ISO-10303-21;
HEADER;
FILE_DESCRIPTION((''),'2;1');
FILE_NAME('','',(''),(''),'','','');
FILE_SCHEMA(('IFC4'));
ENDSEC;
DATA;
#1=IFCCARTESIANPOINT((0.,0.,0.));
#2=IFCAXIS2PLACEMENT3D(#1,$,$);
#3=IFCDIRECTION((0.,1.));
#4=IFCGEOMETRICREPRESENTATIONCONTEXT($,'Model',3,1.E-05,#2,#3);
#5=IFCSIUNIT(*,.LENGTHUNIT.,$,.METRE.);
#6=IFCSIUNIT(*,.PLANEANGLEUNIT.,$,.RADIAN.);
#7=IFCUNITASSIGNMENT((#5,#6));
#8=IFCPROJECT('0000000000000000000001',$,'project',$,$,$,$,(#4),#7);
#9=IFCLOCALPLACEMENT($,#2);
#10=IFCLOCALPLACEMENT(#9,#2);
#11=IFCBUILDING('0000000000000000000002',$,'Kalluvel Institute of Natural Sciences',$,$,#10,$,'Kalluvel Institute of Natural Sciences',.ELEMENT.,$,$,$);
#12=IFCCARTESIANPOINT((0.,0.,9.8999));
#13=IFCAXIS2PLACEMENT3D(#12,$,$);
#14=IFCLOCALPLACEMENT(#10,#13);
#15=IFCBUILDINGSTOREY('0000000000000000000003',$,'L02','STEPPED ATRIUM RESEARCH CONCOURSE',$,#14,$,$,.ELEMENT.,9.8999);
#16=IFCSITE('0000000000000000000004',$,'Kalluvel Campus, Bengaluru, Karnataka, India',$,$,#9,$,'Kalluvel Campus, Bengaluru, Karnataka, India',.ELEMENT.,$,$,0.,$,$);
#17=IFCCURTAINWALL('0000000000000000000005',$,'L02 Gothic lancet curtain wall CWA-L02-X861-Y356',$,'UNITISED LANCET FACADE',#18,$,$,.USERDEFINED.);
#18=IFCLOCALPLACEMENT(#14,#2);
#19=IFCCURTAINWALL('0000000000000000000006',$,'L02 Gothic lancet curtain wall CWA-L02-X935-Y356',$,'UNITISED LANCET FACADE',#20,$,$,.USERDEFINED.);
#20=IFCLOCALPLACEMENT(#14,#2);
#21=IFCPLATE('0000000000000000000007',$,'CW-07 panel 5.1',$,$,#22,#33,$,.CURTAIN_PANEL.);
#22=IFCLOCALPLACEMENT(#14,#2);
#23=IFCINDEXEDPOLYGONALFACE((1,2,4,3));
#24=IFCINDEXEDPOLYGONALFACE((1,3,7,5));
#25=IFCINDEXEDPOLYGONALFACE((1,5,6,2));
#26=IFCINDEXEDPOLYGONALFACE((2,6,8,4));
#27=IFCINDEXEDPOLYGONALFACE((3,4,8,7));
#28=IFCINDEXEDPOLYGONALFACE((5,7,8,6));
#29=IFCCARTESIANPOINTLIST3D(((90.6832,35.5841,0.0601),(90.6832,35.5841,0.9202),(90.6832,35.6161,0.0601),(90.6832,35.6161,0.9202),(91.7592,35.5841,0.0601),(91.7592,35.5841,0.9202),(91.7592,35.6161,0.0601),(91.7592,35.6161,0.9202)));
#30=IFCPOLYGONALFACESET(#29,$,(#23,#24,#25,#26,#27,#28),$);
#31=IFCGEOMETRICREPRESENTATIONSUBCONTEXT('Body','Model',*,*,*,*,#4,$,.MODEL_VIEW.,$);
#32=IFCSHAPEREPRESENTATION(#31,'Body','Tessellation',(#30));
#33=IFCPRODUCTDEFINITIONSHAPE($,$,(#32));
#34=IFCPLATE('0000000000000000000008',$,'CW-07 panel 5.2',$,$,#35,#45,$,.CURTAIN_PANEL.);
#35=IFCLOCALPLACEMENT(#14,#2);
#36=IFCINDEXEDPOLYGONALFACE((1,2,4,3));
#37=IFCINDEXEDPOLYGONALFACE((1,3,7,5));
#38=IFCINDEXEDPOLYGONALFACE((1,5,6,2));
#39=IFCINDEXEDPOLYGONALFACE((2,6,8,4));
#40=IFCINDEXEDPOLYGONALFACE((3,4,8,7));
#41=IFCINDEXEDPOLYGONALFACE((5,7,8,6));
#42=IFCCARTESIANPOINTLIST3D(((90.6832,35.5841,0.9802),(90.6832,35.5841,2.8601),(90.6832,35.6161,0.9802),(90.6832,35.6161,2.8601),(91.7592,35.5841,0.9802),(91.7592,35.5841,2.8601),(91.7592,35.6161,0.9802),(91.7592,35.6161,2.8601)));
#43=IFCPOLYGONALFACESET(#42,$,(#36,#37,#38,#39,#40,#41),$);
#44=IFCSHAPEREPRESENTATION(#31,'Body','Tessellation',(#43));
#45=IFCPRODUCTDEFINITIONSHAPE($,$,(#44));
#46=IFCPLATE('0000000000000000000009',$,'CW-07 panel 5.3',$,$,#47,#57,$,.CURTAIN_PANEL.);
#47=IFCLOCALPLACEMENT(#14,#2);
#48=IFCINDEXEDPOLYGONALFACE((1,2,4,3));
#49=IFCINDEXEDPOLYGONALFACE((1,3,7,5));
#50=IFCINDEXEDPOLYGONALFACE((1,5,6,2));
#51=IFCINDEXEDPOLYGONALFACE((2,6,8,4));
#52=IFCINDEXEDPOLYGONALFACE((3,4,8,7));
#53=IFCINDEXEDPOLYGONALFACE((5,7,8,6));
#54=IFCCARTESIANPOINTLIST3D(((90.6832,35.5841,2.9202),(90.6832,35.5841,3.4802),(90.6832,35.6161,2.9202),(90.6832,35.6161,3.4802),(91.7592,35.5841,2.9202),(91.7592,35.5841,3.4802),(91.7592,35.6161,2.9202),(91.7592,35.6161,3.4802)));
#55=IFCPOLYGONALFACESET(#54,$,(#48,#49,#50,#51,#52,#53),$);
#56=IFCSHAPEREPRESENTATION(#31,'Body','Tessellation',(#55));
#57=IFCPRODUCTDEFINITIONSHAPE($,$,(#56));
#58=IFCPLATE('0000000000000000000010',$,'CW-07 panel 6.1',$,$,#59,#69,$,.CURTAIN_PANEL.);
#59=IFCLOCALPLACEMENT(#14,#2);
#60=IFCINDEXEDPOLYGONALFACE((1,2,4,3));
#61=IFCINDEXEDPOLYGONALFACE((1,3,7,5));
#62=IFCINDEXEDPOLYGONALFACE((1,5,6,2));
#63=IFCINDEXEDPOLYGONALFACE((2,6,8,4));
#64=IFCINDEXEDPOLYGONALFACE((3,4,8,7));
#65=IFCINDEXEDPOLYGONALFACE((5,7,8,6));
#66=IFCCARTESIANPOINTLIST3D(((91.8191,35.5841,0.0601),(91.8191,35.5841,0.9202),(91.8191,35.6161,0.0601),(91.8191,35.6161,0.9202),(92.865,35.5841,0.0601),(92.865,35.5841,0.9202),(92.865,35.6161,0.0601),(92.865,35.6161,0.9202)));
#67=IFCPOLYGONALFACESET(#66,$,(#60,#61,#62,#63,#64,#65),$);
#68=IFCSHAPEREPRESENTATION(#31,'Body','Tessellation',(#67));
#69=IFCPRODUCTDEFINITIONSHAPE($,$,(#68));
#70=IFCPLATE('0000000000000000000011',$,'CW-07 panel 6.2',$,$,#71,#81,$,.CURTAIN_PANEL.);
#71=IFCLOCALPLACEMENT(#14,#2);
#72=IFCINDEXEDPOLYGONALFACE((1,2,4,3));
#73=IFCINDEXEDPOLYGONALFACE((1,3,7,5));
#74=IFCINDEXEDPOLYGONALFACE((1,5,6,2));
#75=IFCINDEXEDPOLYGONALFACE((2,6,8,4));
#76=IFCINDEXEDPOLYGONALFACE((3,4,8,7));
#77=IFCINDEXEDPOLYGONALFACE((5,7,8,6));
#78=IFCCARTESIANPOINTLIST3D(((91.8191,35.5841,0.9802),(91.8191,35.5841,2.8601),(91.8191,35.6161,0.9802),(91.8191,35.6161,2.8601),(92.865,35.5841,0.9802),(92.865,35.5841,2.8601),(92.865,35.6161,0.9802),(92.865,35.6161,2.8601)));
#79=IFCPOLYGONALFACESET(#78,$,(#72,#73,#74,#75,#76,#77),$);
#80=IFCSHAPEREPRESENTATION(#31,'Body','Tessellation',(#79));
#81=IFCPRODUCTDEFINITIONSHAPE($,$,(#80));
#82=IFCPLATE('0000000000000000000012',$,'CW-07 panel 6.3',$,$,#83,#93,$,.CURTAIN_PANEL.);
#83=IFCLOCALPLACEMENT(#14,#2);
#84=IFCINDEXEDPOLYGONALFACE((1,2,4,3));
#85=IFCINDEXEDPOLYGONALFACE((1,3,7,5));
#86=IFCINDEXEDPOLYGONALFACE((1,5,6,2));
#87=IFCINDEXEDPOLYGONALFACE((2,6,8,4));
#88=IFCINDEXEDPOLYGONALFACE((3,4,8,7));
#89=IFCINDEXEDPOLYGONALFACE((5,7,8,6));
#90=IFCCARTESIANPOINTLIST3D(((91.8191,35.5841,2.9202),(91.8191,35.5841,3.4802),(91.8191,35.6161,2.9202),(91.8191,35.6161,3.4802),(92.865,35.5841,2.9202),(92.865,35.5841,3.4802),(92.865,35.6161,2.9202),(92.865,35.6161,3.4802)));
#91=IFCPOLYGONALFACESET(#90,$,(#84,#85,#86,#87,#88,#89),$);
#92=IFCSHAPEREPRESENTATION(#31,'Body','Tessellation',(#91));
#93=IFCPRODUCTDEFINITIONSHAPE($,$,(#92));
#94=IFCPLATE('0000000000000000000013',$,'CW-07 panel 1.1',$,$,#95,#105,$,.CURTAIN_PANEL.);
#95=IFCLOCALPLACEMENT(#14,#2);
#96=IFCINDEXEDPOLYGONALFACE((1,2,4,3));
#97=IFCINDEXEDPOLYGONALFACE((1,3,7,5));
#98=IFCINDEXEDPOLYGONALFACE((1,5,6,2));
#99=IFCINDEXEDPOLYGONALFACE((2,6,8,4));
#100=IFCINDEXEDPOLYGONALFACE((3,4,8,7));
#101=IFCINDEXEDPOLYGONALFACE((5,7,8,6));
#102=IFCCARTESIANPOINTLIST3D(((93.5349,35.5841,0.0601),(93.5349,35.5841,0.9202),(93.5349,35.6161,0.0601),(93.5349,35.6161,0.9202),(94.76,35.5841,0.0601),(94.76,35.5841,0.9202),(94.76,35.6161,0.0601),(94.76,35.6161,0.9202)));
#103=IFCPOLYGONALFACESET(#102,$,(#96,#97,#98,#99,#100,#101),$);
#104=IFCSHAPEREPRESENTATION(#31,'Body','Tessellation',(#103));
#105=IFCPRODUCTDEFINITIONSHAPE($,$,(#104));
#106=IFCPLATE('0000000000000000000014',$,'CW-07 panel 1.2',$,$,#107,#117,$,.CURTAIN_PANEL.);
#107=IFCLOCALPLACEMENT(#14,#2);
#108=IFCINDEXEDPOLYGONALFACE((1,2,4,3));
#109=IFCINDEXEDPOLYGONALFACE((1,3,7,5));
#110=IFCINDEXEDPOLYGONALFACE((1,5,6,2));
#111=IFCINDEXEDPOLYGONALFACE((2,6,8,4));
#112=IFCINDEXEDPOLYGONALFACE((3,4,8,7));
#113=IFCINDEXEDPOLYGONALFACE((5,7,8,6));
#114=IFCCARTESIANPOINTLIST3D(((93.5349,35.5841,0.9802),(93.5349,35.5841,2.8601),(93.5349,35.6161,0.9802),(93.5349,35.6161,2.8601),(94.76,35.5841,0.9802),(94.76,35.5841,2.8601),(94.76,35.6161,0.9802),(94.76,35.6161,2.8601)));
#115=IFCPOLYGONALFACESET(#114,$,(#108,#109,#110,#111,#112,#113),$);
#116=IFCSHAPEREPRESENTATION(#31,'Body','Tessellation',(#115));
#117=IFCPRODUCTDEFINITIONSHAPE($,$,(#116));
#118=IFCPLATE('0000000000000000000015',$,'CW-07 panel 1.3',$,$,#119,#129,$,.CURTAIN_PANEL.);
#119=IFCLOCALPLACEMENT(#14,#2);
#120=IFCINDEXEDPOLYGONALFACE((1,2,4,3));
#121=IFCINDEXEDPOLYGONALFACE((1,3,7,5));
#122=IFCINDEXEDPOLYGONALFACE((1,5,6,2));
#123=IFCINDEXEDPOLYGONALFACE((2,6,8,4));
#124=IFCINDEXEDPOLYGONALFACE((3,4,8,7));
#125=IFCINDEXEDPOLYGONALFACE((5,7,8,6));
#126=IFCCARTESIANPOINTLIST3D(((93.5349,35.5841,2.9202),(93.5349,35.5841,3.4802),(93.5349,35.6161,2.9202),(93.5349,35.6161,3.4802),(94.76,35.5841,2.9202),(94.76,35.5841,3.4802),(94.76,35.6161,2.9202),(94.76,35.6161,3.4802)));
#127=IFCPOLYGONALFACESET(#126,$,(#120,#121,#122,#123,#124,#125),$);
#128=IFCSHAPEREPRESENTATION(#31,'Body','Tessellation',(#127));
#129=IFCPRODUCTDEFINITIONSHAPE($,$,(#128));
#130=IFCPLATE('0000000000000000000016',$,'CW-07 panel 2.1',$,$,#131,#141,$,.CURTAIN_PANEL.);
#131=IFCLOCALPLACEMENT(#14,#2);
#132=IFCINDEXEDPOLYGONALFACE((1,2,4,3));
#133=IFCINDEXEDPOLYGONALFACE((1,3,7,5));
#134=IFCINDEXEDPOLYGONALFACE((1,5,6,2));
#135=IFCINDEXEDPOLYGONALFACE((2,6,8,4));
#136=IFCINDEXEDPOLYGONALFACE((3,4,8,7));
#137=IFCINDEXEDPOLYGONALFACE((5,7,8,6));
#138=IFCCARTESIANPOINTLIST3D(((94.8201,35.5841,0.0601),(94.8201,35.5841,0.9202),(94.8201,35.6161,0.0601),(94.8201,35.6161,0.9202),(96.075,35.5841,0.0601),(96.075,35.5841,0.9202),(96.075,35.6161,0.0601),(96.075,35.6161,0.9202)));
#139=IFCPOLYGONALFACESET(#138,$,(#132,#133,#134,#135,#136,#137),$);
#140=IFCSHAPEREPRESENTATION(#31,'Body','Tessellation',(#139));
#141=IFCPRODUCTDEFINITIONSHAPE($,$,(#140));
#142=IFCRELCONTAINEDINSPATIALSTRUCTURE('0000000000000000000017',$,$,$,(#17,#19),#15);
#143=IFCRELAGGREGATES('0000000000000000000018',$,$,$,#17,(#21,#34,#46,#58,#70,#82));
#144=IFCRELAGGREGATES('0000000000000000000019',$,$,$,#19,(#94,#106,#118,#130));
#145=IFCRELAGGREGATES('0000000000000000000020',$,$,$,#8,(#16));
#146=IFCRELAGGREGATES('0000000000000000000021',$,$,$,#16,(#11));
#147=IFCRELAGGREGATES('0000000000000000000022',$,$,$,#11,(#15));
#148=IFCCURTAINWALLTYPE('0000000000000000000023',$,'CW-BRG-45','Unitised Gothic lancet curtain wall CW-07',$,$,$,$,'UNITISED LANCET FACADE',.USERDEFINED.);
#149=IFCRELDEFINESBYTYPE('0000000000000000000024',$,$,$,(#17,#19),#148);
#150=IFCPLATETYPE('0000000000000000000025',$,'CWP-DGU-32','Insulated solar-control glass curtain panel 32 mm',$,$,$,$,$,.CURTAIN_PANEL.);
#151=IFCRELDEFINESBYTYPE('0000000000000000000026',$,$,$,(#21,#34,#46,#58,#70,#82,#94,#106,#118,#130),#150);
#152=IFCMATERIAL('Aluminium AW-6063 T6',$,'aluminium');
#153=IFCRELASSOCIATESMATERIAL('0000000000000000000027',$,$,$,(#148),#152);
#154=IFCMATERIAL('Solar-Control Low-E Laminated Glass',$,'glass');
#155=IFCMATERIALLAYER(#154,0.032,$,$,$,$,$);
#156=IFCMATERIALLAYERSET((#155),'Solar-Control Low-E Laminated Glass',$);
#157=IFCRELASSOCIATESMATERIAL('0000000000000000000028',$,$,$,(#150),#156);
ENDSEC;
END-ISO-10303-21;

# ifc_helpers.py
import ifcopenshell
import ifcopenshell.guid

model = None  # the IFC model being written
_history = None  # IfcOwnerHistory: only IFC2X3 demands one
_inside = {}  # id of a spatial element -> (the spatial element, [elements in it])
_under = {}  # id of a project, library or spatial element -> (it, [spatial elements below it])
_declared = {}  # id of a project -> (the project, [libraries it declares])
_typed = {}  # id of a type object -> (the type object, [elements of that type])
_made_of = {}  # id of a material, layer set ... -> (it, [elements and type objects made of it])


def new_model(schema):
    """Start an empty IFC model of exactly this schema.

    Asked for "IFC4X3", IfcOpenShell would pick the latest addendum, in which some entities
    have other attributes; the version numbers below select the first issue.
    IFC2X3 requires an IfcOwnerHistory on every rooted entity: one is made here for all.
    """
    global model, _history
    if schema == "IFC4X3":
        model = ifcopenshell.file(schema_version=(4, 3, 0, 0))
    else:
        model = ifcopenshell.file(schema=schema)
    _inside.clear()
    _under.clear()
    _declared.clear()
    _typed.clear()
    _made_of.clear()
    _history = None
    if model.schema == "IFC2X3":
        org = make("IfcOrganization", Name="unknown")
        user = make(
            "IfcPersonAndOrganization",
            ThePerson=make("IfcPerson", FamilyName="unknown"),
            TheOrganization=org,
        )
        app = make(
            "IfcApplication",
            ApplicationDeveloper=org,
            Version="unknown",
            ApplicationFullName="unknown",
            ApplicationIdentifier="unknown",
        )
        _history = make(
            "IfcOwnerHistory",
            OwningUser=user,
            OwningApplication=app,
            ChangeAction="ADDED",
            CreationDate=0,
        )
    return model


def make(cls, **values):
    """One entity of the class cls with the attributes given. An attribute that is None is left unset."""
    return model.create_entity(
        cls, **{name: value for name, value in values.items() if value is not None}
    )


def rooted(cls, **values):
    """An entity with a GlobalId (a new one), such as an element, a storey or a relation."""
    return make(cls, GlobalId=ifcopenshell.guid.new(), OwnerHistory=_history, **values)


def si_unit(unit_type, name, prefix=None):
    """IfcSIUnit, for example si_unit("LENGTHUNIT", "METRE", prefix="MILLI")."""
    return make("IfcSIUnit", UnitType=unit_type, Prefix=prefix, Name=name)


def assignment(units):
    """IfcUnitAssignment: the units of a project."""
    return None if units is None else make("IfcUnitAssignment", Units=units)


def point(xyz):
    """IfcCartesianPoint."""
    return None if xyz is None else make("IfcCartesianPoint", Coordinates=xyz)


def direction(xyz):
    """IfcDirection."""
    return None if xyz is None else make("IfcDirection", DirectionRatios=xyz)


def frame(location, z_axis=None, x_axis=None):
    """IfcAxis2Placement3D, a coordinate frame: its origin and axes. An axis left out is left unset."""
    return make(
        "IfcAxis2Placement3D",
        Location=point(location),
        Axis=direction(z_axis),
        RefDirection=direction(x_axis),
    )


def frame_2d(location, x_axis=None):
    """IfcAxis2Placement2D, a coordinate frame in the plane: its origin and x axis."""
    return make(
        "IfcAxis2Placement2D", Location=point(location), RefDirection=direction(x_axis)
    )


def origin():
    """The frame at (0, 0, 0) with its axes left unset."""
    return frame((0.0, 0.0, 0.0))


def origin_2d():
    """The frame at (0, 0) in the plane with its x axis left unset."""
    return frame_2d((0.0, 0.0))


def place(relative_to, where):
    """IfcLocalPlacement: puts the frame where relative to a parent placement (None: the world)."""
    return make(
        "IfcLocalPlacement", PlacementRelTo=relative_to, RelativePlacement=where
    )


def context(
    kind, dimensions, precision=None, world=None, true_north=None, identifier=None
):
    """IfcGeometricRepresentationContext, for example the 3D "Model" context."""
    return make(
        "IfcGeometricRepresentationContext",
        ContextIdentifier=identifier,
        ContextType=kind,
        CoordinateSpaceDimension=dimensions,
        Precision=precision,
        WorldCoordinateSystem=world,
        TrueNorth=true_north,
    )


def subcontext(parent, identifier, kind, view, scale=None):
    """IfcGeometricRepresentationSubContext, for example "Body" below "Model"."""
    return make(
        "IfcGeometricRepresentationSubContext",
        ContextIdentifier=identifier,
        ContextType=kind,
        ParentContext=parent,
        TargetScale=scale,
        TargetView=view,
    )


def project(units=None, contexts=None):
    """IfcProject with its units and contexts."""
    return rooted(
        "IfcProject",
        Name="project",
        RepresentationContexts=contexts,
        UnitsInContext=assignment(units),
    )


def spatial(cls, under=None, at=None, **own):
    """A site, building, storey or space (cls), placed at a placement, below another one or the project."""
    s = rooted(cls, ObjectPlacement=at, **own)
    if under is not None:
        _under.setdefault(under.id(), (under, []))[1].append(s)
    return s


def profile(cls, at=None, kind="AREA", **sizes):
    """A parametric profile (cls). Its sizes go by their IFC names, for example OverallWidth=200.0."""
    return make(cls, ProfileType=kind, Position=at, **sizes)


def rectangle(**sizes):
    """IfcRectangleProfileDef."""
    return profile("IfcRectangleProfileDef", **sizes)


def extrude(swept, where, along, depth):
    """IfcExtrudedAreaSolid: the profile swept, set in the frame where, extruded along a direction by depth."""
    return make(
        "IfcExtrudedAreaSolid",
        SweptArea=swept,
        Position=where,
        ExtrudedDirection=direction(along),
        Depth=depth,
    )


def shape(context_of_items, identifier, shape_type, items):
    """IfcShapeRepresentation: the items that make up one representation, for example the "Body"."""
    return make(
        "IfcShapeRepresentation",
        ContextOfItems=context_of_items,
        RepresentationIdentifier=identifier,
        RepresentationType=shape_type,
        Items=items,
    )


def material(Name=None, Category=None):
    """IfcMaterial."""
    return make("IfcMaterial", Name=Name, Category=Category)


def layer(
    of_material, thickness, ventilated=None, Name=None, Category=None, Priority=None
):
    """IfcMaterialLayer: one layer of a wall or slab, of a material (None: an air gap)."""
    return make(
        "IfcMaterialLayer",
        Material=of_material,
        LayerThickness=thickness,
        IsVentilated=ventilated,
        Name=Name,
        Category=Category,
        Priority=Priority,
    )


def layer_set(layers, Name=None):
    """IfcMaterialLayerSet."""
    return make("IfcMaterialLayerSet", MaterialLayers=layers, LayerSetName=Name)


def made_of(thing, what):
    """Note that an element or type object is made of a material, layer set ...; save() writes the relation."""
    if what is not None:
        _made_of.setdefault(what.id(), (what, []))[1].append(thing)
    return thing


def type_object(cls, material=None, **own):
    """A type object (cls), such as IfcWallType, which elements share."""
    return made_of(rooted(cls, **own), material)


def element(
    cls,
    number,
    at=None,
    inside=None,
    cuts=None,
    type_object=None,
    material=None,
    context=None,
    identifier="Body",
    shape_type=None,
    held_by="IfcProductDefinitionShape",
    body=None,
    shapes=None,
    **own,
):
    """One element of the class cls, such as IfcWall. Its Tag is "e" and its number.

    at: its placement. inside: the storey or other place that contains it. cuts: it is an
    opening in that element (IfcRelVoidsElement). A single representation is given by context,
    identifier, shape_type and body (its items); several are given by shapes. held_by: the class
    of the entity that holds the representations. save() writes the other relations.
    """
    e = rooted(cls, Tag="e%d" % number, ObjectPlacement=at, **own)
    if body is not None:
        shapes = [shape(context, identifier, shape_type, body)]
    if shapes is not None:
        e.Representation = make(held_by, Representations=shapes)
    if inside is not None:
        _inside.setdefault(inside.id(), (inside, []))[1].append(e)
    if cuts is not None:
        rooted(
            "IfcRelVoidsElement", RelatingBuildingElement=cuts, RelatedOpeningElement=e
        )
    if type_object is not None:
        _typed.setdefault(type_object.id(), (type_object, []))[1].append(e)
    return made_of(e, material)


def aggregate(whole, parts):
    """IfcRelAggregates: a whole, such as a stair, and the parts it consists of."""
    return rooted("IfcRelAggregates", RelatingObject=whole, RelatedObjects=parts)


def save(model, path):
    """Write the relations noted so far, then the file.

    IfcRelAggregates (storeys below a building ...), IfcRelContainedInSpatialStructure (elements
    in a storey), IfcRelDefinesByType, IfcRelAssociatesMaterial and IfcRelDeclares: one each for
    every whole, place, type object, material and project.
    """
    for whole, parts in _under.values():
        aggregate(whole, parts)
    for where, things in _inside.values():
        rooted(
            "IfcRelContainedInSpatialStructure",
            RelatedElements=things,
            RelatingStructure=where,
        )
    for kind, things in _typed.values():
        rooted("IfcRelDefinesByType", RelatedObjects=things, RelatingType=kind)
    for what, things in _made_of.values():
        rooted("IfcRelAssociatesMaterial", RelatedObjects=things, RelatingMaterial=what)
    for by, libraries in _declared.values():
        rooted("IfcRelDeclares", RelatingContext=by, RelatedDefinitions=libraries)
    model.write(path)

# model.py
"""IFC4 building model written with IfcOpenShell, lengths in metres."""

from ifc_helpers import new_model, si_unit, direction, frame, origin, origin_2d, place, context, subcontext, project, spatial, rectangle, extrude, material, layer, layer_set, type_object, element, aggregate, save


model = new_model("IFC4")

# Units and contexts
model_context = context("Model", 3, precision=1e-05, world=origin(), true_north=direction((0.0, 1.0)))
body_context = subcontext(model_context, "Body", "Model", "MODEL_VIEW")
ifc_project = project(units=[si_unit("LENGTHUNIT", "METRE"), si_unit("PLANEANGLEUNIT", "RADIAN")], contexts=[model_context])

# Site, building, storey
site_placement = place(None, origin())
site = spatial("IfcSite", under=ifc_project, at=site_placement, Name="Kalluvel Campus, Bengaluru, Karnataka, India", LongName="Kalluvel Campus, Bengaluru, Karnataka, India", CompositionType="ELEMENT", RefElevation=0.0)
building_placement = place(site_placement, origin())
building = spatial("IfcBuilding", under=site, at=building_placement, Name="Kalluvel Institute of Natural Sciences", LongName="Kalluvel Institute of Natural Sciences", CompositionType="ELEMENT")
storey_placement = place(building_placement, frame((0.0, 0.0, 9.8999)))
storey = spatial("IfcBuildingStorey", under=building, at=storey_placement, Name="L02", Description="STEPPED ATRIUM RESEARCH CONCOURSE", CompositionType="ELEMENT", Elevation=9.8999)

# Curtain walls
ifc_material_1 = material(Name="Aluminium AW-6063 T6", Category="aluminium")
curtain_wall_type = type_object("IfcCurtainWallType", Name="CW-BRG-45", Description="Unitised Gothic lancet curtain wall CW-07", ElementType="UNITISED LANCET FACADE", PredefinedType="USERDEFINED", material=ifc_material_1)
curtain_wall_1_placement = place(storey_placement, origin())
curtain_wall_1 = element("IfcCurtainWall", 1, at=curtain_wall_1_placement, inside=storey, type_object=curtain_wall_type, Name="L02 Gothic lancet curtain wall CWA-L02-X861-Y356", ObjectType="UNITISED LANCET FACADE", PredefinedType="USERDEFINED")
curtain_wall_2_placement = place(storey_placement, origin())
curtain_wall_2 = element("IfcCurtainWall", 2, at=curtain_wall_2_placement, inside=storey, type_object=curtain_wall_type, Name="L02 Gothic lancet curtain wall CWA-L02-X935-Y356", ObjectType="UNITISED LANCET FACADE", PredefinedType="USERDEFINED")

# Plates
ifc_material_2 = material(Name="Solar-Control Low-E Laminated Glass", Category="glass")
ifc_layer = layer(ifc_material_2, 0.032)
ifc_layer_set = layer_set([ifc_layer], Name="Solar-Control Low-E Laminated Glass")
plate_type = type_object("IfcPlateType", Name="CWP-DGU-32", Description="Insulated solar-control glass curtain panel 32 mm", PredefinedType="CURTAIN_PANEL", material=ifc_layer_set)
plate_1_placement = place(storey_placement, frame((91.2212, 35.6001, 0.0601), z_axis=(0.0, 0.0, 1.0), x_axis=(1.0, 0.0, 0.0)))
plate_1 = element("IfcPlate", 3, at=plate_1_placement, type_object=plate_type, Name="CW-07 panel 5.1", PredefinedType="CURTAIN_PANEL", context=body_context, shape_type="SweptSolid", body=[
    extrude(rectangle(XDim=1.0759, YDim=0.032, at=origin_2d()), origin(), (0.0, 0.0, 1.0), 0.8601),
])
plate_2_placement = place(storey_placement, frame((91.2212, 35.6001, 0.9802), z_axis=(0.0, 0.0, 1.0), x_axis=(1.0, 0.0, 0.0)))
plate_2 = element("IfcPlate", 4, at=plate_2_placement, type_object=plate_type, Name="CW-07 panel 5.2", PredefinedType="CURTAIN_PANEL", context=body_context, shape_type="SweptSolid", body=[
    extrude(rectangle(XDim=1.0759, YDim=0.032, at=origin_2d()), origin(), (0.0, 0.0, 1.0), 1.8799),
])
plate_3_placement = place(storey_placement, frame((91.2212, 35.6001, 2.9202), z_axis=(0.0, 0.0, 1.0), x_axis=(1.0, 0.0, 0.0)))
plate_3 = element("IfcPlate", 5, at=plate_3_placement, type_object=plate_type, Name="CW-07 panel 5.3", PredefinedType="CURTAIN_PANEL", context=body_context, shape_type="SweptSolid", body=[
    extrude(rectangle(XDim=1.0759, YDim=0.032, at=origin_2d()), origin(), (0.0, 0.0, 1.0), 0.5601),
])
plate_4_placement = place(storey_placement, frame((92.342, 35.6001, 0.0601), z_axis=(0.0, 0.0, 1.0), x_axis=(1.0, 0.0, 0.0)))
plate_4 = element("IfcPlate", 6, at=plate_4_placement, type_object=plate_type, Name="CW-07 panel 6.1", PredefinedType="CURTAIN_PANEL", context=body_context, shape_type="SweptSolid", body=[
    extrude(rectangle(XDim=1.0459, YDim=0.032, at=origin_2d()), origin(), (0.0, 0.0, 1.0), 0.8601),
])
plate_5_placement = place(storey_placement, frame((92.342, 35.6001, 0.9802), z_axis=(0.0, 0.0, 1.0), x_axis=(1.0, 0.0, 0.0)))
plate_5 = element("IfcPlate", 7, at=plate_5_placement, type_object=plate_type, Name="CW-07 panel 6.2", PredefinedType="CURTAIN_PANEL", context=body_context, shape_type="SweptSolid", body=[
    extrude(rectangle(XDim=1.0459, YDim=0.032, at=origin_2d()), origin(), (0.0, 0.0, 1.0), 1.8799),
])
plate_6_placement = place(storey_placement, frame((92.342, 35.6001, 2.9202), z_axis=(0.0, 0.0, 1.0), x_axis=(1.0, 0.0, 0.0)))
plate_6 = element("IfcPlate", 8, at=plate_6_placement, type_object=plate_type, Name="CW-07 panel 6.3", PredefinedType="CURTAIN_PANEL", context=body_context, shape_type="SweptSolid", body=[
    extrude(rectangle(XDim=1.0459, YDim=0.032, at=origin_2d()), origin(), (0.0, 0.0, 1.0), 0.5601),
])
aggregate(curtain_wall_1, [plate_1, plate_2, plate_3, plate_4, plate_5, plate_6])
plate_7_placement = place(storey_placement, frame((94.1475, 35.6001, 0.0601), z_axis=(0.0, 0.0, 1.0), x_axis=(1.0, 0.0, 0.0)))
plate_7 = element("IfcPlate", 9, at=plate_7_placement, type_object=plate_type, Name="CW-07 panel 1.1", PredefinedType="CURTAIN_PANEL", context=body_context, shape_type="SweptSolid", body=[
    extrude(rectangle(XDim=1.2251, YDim=0.032, at=origin_2d()), origin(), (0.0, 0.0, 1.0), 0.8601),
])
plate_8_placement = place(storey_placement, frame((94.1475, 35.6001, 0.9802), z_axis=(0.0, 0.0, 1.0), x_axis=(1.0, 0.0, 0.0)))
plate_8 = element("IfcPlate", 10, at=plate_8_placement, type_object=plate_type, Name="CW-07 panel 1.2", PredefinedType="CURTAIN_PANEL", context=body_context, shape_type="SweptSolid", body=[
    extrude(rectangle(XDim=1.2251, YDim=0.032, at=origin_2d()), origin(), (0.0, 0.0, 1.0), 1.8799),
])
plate_9_placement = place(storey_placement, frame((94.1475, 35.6001, 2.9202), z_axis=(0.0, 0.0, 1.0), x_axis=(1.0, 0.0, 0.0)))
plate_9 = element("IfcPlate", 11, at=plate_9_placement, type_object=plate_type, Name="CW-07 panel 1.3", PredefinedType="CURTAIN_PANEL", context=body_context, shape_type="SweptSolid", body=[
    extrude(rectangle(XDim=1.2251, YDim=0.032, at=origin_2d()), origin(), (0.0, 0.0, 1.0), 0.5601),
])
plate_10_placement = place(storey_placement, frame((95.4475, 35.6001, 0.0601), z_axis=(0.0, 0.0, 1.0), x_axis=(1.0, 0.0, 0.0)))
plate_10 = element("IfcPlate", 12, at=plate_10_placement, type_object=plate_type, Name="CW-07 panel 2.1", PredefinedType="CURTAIN_PANEL", context=body_context, shape_type="SweptSolid", body=[
    extrude(rectangle(XDim=1.2549, YDim=0.032, at=origin_2d()), origin(), (0.0, 0.0, 1.0), 0.8601),
])
aggregate(curtain_wall_2, [plate_7, plate_8, plate_9, plate_10])

save(model, "model.ifc")
